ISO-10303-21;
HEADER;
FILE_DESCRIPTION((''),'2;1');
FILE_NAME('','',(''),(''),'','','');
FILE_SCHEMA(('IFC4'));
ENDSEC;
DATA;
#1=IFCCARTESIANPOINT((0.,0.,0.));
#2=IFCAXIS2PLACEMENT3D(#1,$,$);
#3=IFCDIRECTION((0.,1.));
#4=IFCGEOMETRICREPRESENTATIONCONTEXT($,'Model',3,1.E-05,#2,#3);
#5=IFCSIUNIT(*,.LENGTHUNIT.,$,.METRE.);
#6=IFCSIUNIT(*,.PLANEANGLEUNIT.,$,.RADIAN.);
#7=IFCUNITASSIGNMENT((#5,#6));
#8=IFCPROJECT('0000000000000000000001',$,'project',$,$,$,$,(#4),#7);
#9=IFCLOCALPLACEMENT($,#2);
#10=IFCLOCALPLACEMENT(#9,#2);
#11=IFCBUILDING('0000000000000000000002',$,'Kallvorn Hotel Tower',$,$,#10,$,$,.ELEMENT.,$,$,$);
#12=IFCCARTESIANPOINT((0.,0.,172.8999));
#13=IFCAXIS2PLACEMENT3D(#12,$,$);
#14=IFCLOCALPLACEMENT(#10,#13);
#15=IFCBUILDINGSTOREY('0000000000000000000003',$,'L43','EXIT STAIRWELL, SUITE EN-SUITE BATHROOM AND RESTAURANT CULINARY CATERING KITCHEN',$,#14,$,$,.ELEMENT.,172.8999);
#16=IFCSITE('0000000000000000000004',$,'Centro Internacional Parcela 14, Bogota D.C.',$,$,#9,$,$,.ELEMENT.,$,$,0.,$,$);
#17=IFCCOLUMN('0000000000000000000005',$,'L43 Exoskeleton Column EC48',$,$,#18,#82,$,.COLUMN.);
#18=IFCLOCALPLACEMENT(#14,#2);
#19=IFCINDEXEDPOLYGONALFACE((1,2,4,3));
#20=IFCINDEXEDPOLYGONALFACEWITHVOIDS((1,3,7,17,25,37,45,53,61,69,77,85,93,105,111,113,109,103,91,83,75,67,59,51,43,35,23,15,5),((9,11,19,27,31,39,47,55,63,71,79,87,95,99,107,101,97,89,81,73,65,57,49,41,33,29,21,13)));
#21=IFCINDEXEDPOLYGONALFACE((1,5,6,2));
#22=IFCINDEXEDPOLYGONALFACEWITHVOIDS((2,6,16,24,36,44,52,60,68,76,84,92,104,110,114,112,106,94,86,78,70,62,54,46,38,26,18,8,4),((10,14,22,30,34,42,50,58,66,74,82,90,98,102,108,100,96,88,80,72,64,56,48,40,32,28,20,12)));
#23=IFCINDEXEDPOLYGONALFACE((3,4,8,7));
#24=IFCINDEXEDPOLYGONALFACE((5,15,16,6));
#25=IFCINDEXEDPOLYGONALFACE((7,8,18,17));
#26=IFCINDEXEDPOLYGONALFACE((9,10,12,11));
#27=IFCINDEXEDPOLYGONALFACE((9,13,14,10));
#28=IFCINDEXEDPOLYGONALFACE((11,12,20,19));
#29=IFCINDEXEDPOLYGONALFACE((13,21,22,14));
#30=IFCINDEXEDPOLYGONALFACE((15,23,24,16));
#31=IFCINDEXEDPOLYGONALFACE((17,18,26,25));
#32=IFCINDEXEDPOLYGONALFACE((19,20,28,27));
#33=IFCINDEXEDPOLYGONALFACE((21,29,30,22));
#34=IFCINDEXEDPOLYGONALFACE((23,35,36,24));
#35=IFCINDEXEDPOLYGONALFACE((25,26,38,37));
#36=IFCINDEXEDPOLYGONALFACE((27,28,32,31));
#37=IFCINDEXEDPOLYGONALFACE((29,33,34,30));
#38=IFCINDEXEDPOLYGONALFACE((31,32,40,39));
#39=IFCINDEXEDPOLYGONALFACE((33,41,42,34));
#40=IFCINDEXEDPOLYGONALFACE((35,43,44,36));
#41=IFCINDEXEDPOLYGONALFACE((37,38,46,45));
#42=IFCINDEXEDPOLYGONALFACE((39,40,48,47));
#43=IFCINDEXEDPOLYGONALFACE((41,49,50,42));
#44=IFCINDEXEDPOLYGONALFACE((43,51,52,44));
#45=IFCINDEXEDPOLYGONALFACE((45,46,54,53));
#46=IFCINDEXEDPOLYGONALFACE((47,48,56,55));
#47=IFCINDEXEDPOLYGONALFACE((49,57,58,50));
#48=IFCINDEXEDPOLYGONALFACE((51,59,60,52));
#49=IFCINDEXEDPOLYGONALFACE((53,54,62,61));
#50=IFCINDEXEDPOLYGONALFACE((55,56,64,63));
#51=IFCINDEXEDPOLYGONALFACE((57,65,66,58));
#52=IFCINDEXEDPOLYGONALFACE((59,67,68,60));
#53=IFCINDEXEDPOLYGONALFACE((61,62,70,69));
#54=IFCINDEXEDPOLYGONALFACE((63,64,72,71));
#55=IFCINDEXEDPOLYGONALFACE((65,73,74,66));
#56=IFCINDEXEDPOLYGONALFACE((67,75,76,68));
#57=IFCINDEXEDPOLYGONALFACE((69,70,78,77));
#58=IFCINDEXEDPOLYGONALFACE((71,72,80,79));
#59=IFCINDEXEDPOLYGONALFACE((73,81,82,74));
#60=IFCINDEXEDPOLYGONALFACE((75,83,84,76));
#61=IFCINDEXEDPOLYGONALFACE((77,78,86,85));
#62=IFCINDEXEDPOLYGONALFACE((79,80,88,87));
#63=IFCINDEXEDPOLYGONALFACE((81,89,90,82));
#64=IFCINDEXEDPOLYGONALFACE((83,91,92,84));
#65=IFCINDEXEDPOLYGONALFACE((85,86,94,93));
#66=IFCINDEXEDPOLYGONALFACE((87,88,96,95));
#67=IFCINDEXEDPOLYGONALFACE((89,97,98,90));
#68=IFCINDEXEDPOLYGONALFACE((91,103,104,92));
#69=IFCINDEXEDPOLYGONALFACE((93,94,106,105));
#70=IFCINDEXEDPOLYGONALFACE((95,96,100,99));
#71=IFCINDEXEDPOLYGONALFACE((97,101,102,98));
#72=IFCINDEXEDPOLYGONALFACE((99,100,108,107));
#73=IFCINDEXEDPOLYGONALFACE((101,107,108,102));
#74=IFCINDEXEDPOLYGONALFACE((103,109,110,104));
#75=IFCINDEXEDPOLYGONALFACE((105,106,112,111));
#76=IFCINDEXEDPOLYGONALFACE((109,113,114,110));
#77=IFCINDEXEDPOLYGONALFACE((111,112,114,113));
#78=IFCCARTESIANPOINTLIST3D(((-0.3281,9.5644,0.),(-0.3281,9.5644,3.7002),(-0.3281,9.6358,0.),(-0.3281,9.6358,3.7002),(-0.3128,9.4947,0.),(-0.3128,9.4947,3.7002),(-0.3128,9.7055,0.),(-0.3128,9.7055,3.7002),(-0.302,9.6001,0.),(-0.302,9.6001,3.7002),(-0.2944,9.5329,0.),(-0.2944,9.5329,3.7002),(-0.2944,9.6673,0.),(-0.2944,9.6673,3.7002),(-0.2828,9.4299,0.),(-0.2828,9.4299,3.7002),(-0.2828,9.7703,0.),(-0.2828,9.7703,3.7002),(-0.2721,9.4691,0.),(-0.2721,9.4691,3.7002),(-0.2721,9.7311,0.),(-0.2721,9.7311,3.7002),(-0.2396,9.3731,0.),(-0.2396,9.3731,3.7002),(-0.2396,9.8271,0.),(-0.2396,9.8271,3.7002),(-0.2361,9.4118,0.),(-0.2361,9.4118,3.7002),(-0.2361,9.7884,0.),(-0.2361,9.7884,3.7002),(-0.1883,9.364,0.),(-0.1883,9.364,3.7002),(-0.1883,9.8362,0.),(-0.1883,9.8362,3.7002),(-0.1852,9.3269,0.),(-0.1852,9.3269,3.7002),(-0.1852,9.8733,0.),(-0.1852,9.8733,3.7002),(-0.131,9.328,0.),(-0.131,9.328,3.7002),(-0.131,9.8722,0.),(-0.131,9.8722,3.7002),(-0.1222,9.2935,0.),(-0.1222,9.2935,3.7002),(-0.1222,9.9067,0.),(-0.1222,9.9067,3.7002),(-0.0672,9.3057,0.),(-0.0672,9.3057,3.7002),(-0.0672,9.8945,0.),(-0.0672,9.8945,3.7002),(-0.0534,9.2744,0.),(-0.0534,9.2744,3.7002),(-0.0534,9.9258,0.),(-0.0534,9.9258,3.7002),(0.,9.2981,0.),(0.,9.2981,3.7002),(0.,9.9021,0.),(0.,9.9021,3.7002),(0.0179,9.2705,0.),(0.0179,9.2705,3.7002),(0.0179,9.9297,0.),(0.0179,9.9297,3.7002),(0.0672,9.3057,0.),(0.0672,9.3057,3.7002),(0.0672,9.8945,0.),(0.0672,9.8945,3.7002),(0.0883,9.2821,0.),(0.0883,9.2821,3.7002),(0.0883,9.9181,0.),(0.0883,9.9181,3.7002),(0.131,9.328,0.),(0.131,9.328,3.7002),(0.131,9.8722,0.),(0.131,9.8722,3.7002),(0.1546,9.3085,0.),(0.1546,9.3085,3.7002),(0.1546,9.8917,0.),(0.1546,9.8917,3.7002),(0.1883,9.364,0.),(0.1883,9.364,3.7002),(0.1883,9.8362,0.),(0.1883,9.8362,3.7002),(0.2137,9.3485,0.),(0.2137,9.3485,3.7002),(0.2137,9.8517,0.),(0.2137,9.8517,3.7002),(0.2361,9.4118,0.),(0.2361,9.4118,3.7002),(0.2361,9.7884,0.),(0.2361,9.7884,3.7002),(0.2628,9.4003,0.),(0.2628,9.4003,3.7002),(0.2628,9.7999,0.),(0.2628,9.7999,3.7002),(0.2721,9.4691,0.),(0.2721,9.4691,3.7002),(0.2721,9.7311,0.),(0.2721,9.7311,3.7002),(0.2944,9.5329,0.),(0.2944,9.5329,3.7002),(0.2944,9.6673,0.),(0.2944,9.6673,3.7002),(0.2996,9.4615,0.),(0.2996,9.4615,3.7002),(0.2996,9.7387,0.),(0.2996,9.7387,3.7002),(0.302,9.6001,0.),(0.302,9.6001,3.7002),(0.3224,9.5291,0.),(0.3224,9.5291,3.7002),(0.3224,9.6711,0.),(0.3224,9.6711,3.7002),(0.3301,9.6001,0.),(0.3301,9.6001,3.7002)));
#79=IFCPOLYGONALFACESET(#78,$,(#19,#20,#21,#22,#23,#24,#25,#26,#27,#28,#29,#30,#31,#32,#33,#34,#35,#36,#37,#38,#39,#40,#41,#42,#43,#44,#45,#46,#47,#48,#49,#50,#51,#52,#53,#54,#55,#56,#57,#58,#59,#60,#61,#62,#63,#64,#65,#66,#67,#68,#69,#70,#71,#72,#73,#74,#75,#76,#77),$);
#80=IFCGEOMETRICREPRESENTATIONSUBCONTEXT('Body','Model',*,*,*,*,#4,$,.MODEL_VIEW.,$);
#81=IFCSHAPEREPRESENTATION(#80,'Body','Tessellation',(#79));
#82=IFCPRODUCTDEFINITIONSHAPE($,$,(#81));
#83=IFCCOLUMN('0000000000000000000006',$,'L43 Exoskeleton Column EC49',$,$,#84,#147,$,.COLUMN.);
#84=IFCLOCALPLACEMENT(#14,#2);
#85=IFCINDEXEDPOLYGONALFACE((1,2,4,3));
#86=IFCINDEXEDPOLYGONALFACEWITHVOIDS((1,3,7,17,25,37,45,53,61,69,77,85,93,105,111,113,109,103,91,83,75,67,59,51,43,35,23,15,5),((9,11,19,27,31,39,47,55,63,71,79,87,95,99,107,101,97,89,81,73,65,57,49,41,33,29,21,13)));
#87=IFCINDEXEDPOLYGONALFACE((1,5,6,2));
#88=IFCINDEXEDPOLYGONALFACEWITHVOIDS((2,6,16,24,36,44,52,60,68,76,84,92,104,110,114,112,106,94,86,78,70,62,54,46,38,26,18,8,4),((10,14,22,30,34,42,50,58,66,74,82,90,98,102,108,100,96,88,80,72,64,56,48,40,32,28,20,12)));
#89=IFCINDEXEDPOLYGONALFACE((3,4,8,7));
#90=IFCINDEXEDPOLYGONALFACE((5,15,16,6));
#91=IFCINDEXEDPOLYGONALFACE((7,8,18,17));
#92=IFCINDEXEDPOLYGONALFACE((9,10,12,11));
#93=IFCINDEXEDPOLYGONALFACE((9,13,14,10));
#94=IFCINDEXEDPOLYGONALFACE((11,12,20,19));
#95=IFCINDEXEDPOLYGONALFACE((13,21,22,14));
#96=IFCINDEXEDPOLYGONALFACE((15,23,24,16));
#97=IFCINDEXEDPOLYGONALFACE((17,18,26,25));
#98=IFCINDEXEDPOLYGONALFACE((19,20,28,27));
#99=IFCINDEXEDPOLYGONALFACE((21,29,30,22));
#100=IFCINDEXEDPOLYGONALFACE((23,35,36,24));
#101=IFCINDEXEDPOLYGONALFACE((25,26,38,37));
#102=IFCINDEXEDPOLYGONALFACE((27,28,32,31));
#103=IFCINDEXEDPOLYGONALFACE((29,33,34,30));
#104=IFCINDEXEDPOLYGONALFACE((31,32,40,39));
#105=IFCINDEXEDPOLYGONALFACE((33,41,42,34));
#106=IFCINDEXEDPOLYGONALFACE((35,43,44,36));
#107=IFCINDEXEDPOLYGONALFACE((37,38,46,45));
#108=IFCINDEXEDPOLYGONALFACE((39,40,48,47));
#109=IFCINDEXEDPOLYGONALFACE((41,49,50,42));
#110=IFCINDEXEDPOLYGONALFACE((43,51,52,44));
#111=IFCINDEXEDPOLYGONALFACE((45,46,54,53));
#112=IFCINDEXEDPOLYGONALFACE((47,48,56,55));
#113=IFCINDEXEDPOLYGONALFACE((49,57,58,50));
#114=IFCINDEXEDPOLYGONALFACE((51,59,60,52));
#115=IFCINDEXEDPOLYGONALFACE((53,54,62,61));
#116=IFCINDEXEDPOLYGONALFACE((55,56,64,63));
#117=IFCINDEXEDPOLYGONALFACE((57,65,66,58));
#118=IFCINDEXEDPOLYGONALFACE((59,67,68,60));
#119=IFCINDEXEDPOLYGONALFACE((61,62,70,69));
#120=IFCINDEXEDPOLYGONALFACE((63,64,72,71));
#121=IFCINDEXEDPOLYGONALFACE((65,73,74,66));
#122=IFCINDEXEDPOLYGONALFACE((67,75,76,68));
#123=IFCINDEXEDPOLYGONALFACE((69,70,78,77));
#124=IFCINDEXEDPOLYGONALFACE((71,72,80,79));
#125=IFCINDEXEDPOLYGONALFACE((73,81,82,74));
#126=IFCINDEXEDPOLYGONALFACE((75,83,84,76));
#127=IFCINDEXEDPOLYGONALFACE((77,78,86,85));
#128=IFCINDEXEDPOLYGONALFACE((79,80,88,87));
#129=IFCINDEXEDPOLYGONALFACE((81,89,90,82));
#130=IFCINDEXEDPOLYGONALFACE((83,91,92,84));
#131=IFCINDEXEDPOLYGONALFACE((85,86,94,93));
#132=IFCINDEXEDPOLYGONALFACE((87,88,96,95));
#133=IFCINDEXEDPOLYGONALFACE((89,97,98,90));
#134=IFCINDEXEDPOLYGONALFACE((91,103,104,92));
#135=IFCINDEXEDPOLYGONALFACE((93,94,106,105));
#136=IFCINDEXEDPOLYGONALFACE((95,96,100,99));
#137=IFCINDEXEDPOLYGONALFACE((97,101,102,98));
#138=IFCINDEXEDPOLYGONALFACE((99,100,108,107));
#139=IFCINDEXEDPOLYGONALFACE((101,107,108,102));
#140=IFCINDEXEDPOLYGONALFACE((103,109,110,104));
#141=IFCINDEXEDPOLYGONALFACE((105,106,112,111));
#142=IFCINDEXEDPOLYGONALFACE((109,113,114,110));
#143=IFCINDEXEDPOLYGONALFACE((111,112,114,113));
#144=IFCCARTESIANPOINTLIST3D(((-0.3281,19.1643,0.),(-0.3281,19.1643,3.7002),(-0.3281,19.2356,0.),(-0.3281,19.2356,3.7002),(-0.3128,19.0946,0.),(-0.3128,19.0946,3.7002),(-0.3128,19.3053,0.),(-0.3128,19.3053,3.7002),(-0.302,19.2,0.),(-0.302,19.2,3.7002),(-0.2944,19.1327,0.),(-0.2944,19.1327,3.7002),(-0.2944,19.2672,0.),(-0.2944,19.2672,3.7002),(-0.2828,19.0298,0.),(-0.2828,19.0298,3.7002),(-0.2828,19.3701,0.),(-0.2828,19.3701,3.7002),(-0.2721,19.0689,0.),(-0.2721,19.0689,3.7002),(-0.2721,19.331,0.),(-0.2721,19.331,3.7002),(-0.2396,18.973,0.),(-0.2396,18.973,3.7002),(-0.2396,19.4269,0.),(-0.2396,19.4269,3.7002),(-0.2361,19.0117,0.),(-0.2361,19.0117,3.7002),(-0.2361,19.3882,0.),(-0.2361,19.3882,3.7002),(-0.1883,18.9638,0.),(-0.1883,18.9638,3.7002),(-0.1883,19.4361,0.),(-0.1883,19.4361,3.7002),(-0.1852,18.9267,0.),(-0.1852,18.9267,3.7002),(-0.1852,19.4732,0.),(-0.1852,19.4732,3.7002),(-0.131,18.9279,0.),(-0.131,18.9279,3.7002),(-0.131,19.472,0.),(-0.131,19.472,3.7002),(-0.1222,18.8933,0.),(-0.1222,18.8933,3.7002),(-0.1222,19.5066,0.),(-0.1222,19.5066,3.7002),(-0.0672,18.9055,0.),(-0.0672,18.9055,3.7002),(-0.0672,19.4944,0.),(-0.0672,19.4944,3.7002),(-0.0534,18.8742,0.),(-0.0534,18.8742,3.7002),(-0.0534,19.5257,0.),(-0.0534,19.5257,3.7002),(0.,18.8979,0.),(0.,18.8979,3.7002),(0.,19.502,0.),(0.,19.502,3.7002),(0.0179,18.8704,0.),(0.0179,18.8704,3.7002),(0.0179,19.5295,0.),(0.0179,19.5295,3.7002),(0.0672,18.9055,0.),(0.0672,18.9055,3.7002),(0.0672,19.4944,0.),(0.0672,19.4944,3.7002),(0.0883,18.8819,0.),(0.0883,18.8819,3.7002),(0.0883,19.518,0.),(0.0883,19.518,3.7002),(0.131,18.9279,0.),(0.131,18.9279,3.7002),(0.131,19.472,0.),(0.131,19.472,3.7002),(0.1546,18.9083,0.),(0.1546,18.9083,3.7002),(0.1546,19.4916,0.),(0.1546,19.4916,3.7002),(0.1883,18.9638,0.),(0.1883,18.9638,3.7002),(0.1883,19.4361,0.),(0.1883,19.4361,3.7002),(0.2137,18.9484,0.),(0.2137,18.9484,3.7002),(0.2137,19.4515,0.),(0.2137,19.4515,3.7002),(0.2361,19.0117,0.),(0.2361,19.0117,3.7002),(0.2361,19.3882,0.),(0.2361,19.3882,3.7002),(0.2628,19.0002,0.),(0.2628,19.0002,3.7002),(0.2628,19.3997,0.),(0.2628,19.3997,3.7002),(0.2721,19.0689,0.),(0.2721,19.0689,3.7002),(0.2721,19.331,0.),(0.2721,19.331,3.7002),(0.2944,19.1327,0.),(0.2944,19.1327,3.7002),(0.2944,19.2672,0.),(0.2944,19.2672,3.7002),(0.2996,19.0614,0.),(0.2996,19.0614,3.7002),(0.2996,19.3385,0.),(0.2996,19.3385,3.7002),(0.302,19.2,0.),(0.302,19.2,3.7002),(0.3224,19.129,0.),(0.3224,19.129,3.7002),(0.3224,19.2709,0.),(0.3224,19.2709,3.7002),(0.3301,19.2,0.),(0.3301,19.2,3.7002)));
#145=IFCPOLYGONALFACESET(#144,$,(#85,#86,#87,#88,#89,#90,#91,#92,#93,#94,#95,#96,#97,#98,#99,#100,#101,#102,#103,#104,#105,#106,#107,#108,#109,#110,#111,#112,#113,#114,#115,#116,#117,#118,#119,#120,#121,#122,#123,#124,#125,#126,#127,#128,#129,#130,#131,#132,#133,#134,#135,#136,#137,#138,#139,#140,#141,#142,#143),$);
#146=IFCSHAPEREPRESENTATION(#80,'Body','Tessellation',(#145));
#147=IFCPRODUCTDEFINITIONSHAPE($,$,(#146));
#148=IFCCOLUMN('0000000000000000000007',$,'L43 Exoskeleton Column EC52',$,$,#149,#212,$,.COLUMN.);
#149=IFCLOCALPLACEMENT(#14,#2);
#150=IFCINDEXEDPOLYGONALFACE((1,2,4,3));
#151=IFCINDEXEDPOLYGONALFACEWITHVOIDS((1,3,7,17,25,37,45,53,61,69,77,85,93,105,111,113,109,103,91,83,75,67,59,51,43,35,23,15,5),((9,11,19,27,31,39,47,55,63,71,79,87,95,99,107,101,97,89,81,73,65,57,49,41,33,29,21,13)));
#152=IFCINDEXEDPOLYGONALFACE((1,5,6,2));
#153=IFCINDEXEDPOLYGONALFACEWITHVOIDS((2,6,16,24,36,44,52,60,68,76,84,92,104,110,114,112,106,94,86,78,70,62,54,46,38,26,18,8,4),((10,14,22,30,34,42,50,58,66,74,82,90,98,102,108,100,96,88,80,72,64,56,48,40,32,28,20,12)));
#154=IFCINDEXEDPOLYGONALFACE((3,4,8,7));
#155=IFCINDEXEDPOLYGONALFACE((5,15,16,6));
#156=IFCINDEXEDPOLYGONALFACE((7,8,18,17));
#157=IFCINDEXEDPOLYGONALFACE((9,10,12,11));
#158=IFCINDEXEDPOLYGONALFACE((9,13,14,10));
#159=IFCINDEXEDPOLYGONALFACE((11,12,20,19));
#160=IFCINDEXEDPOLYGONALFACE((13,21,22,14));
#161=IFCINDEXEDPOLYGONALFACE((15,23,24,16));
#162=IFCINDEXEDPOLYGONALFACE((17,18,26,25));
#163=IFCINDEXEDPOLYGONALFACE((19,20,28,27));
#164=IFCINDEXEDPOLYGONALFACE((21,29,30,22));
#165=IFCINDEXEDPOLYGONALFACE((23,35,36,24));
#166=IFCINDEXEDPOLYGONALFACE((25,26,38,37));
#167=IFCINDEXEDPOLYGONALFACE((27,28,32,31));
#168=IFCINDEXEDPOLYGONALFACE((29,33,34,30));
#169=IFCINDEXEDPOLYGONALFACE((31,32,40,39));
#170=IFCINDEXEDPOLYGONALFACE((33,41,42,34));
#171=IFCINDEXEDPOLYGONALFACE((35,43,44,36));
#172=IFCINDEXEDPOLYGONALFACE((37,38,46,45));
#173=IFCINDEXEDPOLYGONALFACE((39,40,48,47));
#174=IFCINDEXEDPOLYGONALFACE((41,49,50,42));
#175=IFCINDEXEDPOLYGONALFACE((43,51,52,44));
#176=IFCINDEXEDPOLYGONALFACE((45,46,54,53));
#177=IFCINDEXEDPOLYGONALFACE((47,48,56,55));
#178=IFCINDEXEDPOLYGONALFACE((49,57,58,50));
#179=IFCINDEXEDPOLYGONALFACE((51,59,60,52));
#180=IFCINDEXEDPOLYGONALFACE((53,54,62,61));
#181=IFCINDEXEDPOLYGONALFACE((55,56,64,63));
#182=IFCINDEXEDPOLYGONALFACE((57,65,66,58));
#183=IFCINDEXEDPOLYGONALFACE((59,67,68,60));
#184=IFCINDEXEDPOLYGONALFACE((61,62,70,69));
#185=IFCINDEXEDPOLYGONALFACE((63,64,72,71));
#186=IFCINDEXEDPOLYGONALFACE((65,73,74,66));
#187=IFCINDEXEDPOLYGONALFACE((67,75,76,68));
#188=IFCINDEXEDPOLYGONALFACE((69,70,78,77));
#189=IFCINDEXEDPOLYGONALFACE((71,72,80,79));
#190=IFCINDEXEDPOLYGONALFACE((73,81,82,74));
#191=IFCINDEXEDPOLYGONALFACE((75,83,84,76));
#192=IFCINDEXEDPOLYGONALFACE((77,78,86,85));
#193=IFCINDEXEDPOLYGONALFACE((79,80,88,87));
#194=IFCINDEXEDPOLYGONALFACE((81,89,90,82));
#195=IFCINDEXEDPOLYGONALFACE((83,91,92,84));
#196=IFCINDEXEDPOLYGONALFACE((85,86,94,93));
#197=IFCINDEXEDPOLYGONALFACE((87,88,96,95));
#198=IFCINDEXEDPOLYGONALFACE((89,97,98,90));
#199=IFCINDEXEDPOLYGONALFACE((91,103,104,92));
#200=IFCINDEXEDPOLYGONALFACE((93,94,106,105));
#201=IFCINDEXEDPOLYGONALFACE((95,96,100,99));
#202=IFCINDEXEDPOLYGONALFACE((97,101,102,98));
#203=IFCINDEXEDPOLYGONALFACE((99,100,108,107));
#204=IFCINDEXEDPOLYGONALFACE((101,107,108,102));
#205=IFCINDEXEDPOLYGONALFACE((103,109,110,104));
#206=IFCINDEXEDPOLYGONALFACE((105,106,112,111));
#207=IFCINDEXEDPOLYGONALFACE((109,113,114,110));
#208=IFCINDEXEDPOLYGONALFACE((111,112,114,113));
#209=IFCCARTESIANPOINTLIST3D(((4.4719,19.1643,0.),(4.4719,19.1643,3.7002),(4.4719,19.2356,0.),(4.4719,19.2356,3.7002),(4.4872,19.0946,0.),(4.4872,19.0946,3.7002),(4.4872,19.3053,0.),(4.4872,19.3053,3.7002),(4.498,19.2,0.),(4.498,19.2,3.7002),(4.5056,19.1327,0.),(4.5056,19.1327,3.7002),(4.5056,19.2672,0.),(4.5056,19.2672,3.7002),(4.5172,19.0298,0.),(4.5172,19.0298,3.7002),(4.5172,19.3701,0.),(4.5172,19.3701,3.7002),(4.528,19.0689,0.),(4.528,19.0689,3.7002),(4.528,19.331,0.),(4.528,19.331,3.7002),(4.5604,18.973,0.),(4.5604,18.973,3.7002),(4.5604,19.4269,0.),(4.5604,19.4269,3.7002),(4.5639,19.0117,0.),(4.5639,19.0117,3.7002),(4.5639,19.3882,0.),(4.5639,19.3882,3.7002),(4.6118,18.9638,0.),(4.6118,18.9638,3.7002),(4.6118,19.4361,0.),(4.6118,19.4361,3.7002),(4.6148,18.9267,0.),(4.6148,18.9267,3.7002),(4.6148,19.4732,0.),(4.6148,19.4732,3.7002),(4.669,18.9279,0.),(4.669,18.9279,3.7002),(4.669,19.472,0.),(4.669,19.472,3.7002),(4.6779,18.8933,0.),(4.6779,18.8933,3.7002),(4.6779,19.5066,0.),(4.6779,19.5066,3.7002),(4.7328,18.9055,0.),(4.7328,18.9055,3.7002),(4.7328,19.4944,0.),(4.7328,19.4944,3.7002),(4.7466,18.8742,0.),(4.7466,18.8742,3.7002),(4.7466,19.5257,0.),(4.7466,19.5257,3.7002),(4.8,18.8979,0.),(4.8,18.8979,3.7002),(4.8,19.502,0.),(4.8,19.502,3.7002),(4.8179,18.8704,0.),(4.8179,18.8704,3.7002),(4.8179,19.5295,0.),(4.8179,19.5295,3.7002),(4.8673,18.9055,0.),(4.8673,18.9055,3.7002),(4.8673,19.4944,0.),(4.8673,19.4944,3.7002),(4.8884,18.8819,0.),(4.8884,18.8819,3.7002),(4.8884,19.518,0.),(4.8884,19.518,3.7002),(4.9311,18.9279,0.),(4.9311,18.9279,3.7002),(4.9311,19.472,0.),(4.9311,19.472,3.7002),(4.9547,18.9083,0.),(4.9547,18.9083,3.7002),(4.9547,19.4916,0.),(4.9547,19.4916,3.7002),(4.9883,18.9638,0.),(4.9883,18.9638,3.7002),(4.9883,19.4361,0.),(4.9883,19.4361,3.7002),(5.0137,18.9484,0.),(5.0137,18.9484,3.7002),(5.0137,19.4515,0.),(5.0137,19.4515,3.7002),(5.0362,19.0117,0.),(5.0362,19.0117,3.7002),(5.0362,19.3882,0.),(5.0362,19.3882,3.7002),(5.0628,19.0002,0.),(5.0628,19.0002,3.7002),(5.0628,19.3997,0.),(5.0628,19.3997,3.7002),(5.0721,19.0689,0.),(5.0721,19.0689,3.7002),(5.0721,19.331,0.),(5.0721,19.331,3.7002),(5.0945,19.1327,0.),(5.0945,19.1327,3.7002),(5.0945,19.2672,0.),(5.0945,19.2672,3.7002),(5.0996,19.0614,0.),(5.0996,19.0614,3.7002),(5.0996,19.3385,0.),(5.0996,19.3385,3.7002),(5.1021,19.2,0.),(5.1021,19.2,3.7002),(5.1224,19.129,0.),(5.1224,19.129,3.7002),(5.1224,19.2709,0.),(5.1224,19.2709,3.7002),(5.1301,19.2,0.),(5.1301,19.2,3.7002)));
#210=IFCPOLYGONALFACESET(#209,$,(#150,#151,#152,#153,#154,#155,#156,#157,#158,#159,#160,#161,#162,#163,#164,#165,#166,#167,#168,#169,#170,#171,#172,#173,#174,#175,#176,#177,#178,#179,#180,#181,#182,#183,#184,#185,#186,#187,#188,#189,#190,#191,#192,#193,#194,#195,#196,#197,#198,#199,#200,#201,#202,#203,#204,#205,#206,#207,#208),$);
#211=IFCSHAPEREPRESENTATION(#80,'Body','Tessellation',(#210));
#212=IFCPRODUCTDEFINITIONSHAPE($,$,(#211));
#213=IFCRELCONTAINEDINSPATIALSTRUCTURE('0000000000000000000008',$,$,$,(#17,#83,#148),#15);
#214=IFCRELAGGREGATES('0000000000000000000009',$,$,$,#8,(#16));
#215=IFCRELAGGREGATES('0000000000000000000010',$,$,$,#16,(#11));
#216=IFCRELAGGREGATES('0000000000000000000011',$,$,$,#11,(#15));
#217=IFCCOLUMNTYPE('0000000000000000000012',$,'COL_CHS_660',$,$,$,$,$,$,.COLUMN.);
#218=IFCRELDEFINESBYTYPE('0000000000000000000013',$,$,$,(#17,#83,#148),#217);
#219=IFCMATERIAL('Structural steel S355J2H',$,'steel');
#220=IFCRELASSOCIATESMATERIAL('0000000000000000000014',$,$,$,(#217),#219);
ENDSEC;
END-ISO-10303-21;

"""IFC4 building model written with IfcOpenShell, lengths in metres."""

from ifc_helpers import new_model, si_unit, direction, frame, origin, origin_2d, place, context, subcontext, project, spatial, hollow_circle, extrude, material, material_profile, profile_set, type_object, element, save


model = new_model("IFC4")

# Units and contexts
model_context = context("Model", 3, precision=1e-05, world=origin(), true_north=direction((0.0, 1.0)))
body_context = subcontext(model_context, "Body", "Model", "MODEL_VIEW")
ifc_project = project(units=[si_unit("LENGTHUNIT", "METRE"), si_unit("PLANEANGLEUNIT", "RADIAN")], contexts=[model_context])

# Site, building, storey
site_placement = place(None, origin())
site = spatial("IfcSite", under=ifc_project, at=site_placement, Name="Centro Internacional Parcela 14, Bogota D.C.", CompositionType="ELEMENT", RefElevation=0.0)
building_placement = place(site_placement, origin())
building = spatial("IfcBuilding", under=site, at=building_placement, Name="Kallvorn Hotel Tower", CompositionType="ELEMENT")
storey_placement = place(building_placement, frame((0.0, 0.0, 172.8999)))
storey = spatial("IfcBuildingStorey", under=building, at=storey_placement, Name="L43", Description="EXIT STAIRWELL, SUITE EN-SUITE BATHROOM AND RESTAURANT CULINARY CATERING KITCHEN", CompositionType="ELEMENT", Elevation=172.8999)

# Columns
ifc_material_1 = material(Name="Structural steel S355J2H", Category="steel")
ifc_material_profile_1 = material_profile(ifc_material_1, hollow_circle(Radius=0.3301, WallThickness=0.0281, at=origin_2d()), Name="CHS 660x28")
ifc_profile_set_1 = profile_set([ifc_material_profile_1], Name="Structural steel S355J2H")
column_type_1 = type_object("IfcColumnType", Name="COL_CHS_660", PredefinedType="COLUMN", material=ifc_profile_set_1)
for number, where, z_axis, x_axis, name in (
    (1, (0.0, 9.6001, 0.0), (0.0, 0.0, 1.0), (1.0, 0.0, 0.0), "L43 Exoskeleton Column EC48"),
    (2, (0.0, 19.2, 0.0), (0.0, 0.0, 1.0), (1.0, 0.0, 0.0), "L43 Exoskeleton Column EC49"),
    (3, (4.8, 19.2, 0.0), (0.0, 0.0, 1.0), (1.0, 0.0, 0.0), "L43 Exoskeleton Column EC52"),
):
    element("IfcColumn", number, at=place(storey_placement, frame(where, z_axis=z_axis, x_axis=x_axis)), inside=storey, type_object=column_type_1, Name=name, PredefinedType="COLUMN", context=body_context, shape_type="SweptSolid", body=[
        extrude(hollow_circle(Radius=0.3301, WallThickness=0.0281, at=origin_2d()), origin(), (0.0, 0.0, 1.0), 3.7002),
    ])

save(model, "model.ifc")
